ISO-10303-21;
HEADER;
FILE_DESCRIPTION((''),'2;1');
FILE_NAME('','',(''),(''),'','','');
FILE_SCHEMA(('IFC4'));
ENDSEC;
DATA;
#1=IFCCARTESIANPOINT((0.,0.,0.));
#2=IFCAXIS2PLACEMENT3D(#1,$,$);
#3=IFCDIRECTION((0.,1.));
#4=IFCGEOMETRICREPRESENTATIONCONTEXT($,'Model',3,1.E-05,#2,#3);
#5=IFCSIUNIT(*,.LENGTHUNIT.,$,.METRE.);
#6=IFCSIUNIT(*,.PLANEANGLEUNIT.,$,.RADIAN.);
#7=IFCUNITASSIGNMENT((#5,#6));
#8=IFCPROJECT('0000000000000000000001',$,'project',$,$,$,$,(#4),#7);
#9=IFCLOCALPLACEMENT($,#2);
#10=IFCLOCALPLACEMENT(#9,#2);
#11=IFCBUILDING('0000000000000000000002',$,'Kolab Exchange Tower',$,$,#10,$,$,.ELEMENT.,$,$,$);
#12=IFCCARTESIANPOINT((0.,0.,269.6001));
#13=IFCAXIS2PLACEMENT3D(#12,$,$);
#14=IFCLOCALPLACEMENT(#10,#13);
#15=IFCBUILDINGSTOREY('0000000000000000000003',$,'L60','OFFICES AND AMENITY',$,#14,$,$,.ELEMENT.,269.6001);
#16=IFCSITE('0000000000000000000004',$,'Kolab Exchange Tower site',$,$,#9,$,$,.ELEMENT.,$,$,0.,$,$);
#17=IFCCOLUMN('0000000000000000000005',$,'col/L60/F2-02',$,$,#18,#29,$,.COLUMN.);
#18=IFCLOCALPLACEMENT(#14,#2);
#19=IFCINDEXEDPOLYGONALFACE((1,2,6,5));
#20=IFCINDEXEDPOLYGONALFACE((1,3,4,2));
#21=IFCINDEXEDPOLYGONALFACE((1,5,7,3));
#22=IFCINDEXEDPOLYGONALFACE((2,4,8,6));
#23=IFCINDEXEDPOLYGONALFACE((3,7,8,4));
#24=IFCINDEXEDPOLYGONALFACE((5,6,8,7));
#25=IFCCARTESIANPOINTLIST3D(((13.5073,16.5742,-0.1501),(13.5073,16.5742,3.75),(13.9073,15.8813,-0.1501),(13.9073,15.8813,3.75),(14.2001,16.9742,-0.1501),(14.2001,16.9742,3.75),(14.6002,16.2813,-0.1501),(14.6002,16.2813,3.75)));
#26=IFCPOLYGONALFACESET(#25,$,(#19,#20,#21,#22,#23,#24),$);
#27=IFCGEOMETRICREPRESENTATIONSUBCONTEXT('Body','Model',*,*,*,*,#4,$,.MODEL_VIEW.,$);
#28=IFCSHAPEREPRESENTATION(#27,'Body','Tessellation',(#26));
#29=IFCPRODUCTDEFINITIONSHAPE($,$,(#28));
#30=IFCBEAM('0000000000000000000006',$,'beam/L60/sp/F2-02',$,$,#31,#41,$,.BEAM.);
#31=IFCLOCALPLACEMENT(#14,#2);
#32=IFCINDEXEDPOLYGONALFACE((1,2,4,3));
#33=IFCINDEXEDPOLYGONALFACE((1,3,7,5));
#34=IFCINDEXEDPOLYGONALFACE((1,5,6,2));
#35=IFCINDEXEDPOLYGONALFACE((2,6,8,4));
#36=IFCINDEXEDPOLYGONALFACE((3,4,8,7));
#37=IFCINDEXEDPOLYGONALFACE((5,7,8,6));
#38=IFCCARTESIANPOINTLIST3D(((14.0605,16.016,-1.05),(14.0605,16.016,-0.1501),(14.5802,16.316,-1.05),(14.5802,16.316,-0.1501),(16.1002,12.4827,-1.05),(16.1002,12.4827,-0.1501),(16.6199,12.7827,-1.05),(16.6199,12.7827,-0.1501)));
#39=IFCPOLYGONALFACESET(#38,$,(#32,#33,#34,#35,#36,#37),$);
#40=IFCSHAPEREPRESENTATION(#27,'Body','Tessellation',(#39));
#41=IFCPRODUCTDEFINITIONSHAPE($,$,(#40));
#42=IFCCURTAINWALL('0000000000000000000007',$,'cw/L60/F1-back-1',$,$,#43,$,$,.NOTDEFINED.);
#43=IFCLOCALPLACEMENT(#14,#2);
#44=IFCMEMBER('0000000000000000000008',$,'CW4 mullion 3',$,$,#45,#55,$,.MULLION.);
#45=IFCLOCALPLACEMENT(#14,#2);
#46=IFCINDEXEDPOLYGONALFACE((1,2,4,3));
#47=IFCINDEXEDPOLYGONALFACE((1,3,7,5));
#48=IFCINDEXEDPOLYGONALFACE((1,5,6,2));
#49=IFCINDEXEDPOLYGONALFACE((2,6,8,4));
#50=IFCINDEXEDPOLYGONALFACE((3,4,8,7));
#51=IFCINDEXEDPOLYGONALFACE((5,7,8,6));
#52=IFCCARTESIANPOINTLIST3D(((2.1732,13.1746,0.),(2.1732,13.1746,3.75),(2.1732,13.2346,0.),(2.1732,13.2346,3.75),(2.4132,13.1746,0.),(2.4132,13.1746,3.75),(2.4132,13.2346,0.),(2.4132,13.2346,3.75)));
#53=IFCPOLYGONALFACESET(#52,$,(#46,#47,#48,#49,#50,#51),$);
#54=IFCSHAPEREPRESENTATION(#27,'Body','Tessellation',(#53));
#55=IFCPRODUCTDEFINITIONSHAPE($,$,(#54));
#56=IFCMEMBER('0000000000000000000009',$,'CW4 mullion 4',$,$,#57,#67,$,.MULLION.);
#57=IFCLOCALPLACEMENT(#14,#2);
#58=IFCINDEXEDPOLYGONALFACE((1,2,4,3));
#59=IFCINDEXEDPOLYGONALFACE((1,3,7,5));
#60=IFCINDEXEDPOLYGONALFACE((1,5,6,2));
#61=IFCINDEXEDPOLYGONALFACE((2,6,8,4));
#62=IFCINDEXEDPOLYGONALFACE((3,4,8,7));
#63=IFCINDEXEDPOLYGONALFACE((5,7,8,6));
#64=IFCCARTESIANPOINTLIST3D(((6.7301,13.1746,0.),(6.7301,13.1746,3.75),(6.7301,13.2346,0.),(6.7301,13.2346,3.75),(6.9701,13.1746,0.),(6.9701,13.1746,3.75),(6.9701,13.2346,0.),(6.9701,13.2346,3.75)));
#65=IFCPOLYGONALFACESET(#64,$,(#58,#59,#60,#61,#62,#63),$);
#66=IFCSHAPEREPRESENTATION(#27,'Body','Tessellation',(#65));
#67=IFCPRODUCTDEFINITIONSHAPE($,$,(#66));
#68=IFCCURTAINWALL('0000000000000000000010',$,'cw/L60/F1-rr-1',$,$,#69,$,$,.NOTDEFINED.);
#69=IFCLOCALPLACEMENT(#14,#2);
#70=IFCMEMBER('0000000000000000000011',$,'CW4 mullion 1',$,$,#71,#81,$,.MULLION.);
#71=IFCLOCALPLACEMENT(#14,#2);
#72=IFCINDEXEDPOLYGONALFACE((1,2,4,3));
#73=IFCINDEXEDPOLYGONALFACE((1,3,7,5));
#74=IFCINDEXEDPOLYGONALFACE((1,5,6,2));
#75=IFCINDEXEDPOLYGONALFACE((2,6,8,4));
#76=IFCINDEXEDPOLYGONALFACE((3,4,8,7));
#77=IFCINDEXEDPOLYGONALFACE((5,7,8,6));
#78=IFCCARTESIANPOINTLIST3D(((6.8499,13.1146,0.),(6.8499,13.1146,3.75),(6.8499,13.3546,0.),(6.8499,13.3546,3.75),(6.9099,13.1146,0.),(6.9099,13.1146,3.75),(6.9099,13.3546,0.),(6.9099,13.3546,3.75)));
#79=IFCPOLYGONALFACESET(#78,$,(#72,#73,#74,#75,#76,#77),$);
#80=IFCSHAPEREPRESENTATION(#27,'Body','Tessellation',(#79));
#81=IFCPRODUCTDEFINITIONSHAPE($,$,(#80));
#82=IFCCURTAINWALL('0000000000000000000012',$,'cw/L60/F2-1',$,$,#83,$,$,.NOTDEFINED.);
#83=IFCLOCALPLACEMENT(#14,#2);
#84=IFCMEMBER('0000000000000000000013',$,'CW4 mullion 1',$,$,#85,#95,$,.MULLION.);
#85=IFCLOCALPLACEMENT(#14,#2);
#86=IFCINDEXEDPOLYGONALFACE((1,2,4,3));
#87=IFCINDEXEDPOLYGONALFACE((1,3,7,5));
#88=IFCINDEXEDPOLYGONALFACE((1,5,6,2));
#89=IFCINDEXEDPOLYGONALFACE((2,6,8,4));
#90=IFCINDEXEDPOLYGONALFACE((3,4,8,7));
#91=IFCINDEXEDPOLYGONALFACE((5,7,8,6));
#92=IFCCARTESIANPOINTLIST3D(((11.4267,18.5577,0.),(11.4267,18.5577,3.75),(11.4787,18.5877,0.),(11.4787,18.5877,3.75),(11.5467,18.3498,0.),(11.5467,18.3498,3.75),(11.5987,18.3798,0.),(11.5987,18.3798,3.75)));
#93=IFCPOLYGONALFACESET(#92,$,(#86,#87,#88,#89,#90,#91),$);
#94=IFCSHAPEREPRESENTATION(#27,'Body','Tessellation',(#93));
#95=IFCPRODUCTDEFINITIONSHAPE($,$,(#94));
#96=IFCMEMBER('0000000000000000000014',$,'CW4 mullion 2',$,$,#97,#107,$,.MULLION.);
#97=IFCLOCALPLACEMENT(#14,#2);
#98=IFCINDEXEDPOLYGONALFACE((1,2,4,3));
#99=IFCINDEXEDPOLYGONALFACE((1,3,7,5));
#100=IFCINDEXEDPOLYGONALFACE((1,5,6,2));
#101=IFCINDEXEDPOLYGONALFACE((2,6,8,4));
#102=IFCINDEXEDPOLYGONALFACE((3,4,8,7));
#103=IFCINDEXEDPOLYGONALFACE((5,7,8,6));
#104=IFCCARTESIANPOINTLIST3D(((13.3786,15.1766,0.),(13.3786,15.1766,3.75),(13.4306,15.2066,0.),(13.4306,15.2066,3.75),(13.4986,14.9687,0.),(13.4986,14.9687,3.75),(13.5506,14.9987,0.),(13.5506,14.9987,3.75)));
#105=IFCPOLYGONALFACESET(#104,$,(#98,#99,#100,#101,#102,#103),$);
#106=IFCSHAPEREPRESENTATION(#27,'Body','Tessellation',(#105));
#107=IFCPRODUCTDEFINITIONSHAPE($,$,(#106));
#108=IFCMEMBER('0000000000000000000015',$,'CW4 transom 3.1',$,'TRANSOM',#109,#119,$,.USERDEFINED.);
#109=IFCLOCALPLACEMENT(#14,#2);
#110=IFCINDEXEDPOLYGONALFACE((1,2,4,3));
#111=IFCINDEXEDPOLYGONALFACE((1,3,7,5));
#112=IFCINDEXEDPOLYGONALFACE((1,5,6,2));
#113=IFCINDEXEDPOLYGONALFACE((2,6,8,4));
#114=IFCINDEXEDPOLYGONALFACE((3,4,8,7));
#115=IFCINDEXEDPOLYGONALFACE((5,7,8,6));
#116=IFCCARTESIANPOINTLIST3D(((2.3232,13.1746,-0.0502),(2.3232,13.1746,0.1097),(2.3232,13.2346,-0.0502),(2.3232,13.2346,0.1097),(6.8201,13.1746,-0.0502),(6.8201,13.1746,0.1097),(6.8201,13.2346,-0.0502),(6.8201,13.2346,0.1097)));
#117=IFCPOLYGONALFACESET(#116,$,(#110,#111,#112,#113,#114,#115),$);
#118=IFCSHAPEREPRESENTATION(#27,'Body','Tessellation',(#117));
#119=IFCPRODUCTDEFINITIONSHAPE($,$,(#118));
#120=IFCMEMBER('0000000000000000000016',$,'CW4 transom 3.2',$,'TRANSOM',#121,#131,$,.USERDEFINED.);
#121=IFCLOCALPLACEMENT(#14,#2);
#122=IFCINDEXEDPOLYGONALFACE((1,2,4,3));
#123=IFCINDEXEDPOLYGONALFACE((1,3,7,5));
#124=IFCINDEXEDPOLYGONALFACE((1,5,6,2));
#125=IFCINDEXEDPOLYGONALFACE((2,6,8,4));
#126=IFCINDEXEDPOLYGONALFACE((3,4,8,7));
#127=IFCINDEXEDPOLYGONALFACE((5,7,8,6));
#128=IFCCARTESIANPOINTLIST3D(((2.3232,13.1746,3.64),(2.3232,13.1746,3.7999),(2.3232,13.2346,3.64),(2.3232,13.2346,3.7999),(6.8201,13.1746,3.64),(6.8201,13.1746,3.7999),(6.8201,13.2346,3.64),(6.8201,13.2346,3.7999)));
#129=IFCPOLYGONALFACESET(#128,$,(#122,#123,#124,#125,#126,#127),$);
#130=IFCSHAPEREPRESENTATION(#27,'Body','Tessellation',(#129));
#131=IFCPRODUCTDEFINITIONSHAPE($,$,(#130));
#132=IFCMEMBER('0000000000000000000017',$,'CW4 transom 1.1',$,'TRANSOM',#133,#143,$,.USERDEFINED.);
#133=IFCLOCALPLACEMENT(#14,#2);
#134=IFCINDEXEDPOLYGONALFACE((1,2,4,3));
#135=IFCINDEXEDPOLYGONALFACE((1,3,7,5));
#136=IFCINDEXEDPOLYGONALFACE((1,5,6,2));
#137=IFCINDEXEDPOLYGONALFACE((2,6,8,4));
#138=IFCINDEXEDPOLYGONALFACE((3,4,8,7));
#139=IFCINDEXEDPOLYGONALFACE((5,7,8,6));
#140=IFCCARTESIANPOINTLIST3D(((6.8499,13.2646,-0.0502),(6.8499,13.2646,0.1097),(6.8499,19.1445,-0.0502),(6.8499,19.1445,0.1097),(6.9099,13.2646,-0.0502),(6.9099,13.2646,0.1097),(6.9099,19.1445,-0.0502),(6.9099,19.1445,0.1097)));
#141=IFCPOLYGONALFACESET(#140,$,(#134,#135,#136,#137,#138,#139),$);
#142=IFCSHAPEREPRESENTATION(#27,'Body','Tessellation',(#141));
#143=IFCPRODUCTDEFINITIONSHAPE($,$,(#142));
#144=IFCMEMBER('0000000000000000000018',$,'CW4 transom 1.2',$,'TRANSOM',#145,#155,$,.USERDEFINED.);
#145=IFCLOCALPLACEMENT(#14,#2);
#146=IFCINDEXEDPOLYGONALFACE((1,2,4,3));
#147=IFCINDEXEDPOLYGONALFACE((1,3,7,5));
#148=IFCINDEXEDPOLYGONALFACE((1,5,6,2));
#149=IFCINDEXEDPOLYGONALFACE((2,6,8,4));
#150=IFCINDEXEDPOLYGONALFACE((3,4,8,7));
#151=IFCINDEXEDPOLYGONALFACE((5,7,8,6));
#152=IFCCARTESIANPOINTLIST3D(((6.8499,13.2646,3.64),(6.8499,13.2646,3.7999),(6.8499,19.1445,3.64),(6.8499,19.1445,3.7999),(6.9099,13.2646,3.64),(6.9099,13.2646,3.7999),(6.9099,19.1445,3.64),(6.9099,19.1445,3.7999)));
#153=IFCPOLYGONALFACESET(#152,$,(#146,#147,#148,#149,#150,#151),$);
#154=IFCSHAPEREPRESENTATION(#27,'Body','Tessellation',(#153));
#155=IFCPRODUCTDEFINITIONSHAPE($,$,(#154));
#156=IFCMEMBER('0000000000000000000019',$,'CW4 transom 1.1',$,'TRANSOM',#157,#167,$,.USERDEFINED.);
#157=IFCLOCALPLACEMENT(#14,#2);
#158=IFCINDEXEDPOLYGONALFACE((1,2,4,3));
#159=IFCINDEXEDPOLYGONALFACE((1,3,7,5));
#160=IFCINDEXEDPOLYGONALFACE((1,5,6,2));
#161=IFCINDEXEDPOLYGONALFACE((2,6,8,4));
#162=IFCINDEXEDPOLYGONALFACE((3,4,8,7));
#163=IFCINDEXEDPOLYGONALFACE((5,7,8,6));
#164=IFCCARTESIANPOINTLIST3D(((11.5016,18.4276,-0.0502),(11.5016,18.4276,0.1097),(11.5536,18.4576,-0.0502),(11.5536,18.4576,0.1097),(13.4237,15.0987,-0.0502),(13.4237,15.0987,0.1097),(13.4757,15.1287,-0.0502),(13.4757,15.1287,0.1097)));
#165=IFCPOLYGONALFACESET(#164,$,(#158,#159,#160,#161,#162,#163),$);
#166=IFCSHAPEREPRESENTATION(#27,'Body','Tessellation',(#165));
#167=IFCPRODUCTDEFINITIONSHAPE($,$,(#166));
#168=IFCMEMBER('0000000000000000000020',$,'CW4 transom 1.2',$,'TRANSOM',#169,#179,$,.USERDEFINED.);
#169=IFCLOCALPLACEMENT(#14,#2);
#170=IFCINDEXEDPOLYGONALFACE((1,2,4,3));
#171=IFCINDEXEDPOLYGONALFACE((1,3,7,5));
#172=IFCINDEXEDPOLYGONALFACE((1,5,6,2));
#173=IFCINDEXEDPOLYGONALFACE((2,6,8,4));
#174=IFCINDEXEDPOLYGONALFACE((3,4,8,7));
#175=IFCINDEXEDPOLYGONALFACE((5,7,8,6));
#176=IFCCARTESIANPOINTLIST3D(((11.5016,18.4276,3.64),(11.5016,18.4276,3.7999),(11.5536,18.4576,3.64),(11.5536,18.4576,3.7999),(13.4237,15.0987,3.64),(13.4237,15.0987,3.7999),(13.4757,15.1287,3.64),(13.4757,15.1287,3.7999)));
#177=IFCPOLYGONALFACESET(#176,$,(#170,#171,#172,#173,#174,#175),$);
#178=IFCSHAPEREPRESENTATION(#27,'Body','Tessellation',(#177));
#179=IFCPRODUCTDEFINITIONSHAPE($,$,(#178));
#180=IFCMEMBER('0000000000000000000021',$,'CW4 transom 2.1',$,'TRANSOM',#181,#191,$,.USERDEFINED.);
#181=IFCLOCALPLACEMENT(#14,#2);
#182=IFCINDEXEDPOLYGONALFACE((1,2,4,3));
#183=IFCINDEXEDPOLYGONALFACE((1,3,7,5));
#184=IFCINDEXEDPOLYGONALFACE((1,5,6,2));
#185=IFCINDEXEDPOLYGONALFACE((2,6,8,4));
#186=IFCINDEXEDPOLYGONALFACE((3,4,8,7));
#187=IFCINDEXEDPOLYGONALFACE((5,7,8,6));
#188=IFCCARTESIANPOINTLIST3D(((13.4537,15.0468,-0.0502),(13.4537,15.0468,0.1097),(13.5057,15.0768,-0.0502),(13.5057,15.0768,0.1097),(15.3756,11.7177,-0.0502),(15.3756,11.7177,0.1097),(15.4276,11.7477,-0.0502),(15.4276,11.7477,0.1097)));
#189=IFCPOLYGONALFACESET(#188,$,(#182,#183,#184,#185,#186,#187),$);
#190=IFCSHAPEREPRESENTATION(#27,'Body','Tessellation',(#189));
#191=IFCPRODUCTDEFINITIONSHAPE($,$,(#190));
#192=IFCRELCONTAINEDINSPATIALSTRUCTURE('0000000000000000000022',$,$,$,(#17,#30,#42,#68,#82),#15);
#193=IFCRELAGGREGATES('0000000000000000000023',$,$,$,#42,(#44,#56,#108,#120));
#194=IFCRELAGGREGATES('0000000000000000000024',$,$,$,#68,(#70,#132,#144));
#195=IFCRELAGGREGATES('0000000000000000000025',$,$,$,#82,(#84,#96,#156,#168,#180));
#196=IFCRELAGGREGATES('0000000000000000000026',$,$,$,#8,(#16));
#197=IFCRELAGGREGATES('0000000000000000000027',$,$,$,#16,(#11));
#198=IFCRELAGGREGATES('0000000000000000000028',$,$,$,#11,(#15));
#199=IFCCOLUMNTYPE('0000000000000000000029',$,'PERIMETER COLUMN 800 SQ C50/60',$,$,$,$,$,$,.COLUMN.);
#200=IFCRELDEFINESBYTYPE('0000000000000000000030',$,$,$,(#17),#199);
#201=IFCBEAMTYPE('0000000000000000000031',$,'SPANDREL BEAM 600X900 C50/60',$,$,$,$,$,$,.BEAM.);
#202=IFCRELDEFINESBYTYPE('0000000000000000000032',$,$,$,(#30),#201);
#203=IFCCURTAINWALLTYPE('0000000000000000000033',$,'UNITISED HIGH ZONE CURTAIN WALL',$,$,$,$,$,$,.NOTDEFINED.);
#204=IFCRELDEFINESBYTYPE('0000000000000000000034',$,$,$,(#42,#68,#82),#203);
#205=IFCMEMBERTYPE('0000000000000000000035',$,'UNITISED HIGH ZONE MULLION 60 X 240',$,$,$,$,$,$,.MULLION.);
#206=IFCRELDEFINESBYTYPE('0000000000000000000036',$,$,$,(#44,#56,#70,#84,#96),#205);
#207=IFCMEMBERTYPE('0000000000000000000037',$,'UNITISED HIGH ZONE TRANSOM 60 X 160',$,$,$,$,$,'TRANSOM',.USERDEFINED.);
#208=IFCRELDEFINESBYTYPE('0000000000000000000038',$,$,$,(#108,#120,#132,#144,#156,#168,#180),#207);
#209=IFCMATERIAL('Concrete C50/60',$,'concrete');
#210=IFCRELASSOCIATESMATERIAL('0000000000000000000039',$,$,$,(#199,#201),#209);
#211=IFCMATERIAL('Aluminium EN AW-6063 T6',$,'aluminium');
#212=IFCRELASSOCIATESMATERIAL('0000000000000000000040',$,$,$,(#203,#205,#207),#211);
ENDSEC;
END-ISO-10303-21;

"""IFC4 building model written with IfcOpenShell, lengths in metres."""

from ifc_helpers import new_model, si_unit, direction, frame, origin, origin_2d, place, context, subcontext, project, spatial, rectangle, extrude, material, material_profile, profile_set, type_object, element, aggregate, save


model = new_model("IFC4")

# Units and contexts
model_context = context("Model", 3, precision=1e-05, world=origin(), true_north=direction((0.0, 1.0)))
body_context = subcontext(model_context, "Body", "Model", "MODEL_VIEW")
ifc_project = project(units=[si_unit("LENGTHUNIT", "METRE"), si_unit("PLANEANGLEUNIT", "RADIAN")], contexts=[model_context])

# Site, building, storey
site_placement = place(None, origin())
site = spatial("IfcSite", under=ifc_project, at=site_placement, Name="Kolab Exchange Tower site", CompositionType="ELEMENT", RefElevation=0.0)
building_placement = place(site_placement, origin())
building = spatial("IfcBuilding", under=site, at=building_placement, Name="Kolab Exchange Tower", CompositionType="ELEMENT")
storey_placement = place(building_placement, frame((0.0, 0.0, 269.6001)))
storey = spatial("IfcBuildingStorey", under=building, at=storey_placement, Name="L60", Description="OFFICES AND AMENITY", CompositionType="ELEMENT", Elevation=269.6001)

# Column
ifc_material_1 = material(Name="Concrete C50/60", Category="concrete")
ifc_material_profile_1 = material_profile(ifc_material_1, rectangle(XDim=0.8, YDim=0.8, at=origin_2d()), Name="RC800")
ifc_profile_set_1 = profile_set([ifc_material_profile_1], Name="Concrete C50/60")
column_type = type_object("IfcColumnType", Name="PERIMETER COLUMN 800 SQ C50/60", PredefinedType="COLUMN", material=ifc_profile_set_1)
column_placement = place(storey_placement, frame((14.0537, 16.4277, -0.1501), z_axis=(0.0, 0.0, 1.0), x_axis=(0.866025, 0.5, 0.0)))
element("IfcColumn", 1, at=column_placement, inside=storey, type_object=column_type, Name="col/L60/F2-02", PredefinedType="COLUMN", context=body_context, shape_type="SweptSolid", body=[
    extrude(rectangle(XDim=0.8, YDim=0.8, at=origin_2d()), origin(), (0.0, 0.0, 1.0), 3.9001),
])

# Beam
ifc_material_profile_2 = material_profile(ifc_material_1, rectangle(XDim=0.6001, YDim=0.8999, at=origin_2d()), Name="RC600X900")
ifc_profile_set_2 = profile_set([ifc_material_profile_2], Name="Concrete C50/60")
beam_type = type_object("IfcBeamType", Name="SPANDREL BEAM 600X900 C50/60", PredefinedType="BEAM", material=ifc_profile_set_2)
beam_placement = place(storey_placement, frame((14.3203, 16.166, -0.6001), z_axis=(0.499956, -0.866051, 0.0), x_axis=(0.866051, 0.499956, 0.0)))
element("IfcBeam", 2, at=beam_placement, inside=storey, type_object=beam_type, Name="beam/L60/sp/F2-02", PredefinedType="BEAM", context=body_context, shape_type="SweptSolid", body=[
    extrude(rectangle(XDim=0.6001, YDim=0.8999, at=origin_2d()), origin(), (0.0, 0.0, 1.0), 4.0798),
])

# Curtain wall, members
ifc_material_2 = material(Name="Aluminium EN AW-6063 T6", Category="aluminium")
curtain_wall_type = type_object("IfcCurtainWallType", Name="UNITISED HIGH ZONE CURTAIN WALL", PredefinedType="NOTDEFINED", material=ifc_material_2)
curtain_wall_1_placement = place(storey_placement, origin())
curtain_wall_1 = element("IfcCurtainWall", 3, at=curtain_wall_1_placement, inside=storey, type_object=curtain_wall_type, Name="cw/L60/F1-back-1", PredefinedType="NOTDEFINED")
ifc_material_profile_3 = material_profile(ifc_material_2, rectangle(XDim=0.0601, YDim=0.24, at=origin_2d()), Name="RECT 60X240")
ifc_profile_set_3 = profile_set([ifc_material_profile_3], Name="Aluminium EN AW-6063 T6")
member_type_1 = type_object("IfcMemberType", Name="UNITISED HIGH ZONE MULLION 60 X 240", PredefinedType="MULLION", material=ifc_profile_set_3)
member_1_placement = place(storey_placement, frame((2.2932, 13.2046, 0.0), z_axis=(0.0, 0.0, 1.0), x_axis=(0.0, 1.0, 0.0)))
member_1 = element("IfcMember", 4, at=member_1_placement, type_object=member_type_1, Name="CW4 mullion 3", PredefinedType="MULLION", context=body_context, shape_type="SweptSolid", body=[
    extrude(rectangle(XDim=0.0601, YDim=0.24, at=origin_2d()), origin(), (0.0, 0.0, 1.0), 3.75),
])
member_2_placement = place(storey_placement, frame((6.8501, 13.2046, 0.0), z_axis=(0.0, 0.0, 1.0), x_axis=(0.0, 1.0, 0.0)))
member_2 = element("IfcMember", 5, at=member_2_placement, type_object=member_type_1, Name="CW4 mullion 4", PredefinedType="MULLION", context=body_context, shape_type="SweptSolid", body=[
    extrude(rectangle(XDim=0.0601, YDim=0.24, at=origin_2d()), origin(), (0.0, 0.0, 1.0), 3.75),
])

# Curtain wall, member
curtain_wall_2_placement = place(storey_placement, origin())
curtain_wall_2 = element("IfcCurtainWall", 6, at=curtain_wall_2_placement, inside=storey, type_object=curtain_wall_type, Name="cw/L60/F1-rr-1", PredefinedType="NOTDEFINED")
member_3_placement = place(storey_placement, frame((6.8799, 13.2346, 0.0), z_axis=(0.0, 0.0, 1.0), x_axis=(-1.0, 0.0, 0.0)))
member_3 = element("IfcMember", 7, at=member_3_placement, type_object=member_type_1, Name="CW4 mullion 1", PredefinedType="MULLION", context=body_context, shape_type="SweptSolid", body=[
    extrude(rectangle(XDim=0.0601, YDim=0.24, at=origin_2d()), origin(), (0.0, 0.0, 1.0), 3.75),
])

# Curtain wall, members
curtain_wall_3_placement = place(storey_placement, origin())
curtain_wall_3 = element("IfcCurtainWall", 8, at=curtain_wall_3_placement, inside=storey, type_object=curtain_wall_type, Name="cw/L60/F2-1", PredefinedType="NOTDEFINED")
member_4_placement = place(storey_placement, frame((11.5127, 18.4688, 0.0), z_axis=(0.0, 0.0, 1.0), x_axis=(0.866025, 0.5, 0.0)))
member_4 = element("IfcMember", 9, at=member_4_placement, type_object=member_type_1, Name="CW4 mullion 1", PredefinedType="MULLION", context=body_context, shape_type="SweptSolid", body=[
    extrude(rectangle(XDim=0.0601, YDim=0.24, at=origin_2d()), origin(), (0.0, 0.0, 1.0), 3.75),
])
member_5_placement = place(storey_placement, frame((13.4646, 15.0876, 0.0), z_axis=(0.0, 0.0, 1.0), x_axis=(0.866025, 0.5, 0.0)))
member_5 = element("IfcMember", 10, at=member_5_placement, type_object=member_type_1, Name="CW4 mullion 2", PredefinedType="MULLION", context=body_context, shape_type="SweptSolid", body=[
    extrude(rectangle(XDim=0.0601, YDim=0.24, at=origin_2d()), origin(), (0.0, 0.0, 1.0), 3.75),
])

# Members
ifc_material_profile_4 = material_profile(ifc_material_2, rectangle(XDim=0.0601, YDim=0.1599, at=origin_2d()), Name="RECT 60X160")
ifc_profile_set_4 = profile_set([ifc_material_profile_4], Name="Aluminium EN AW-6063 T6")
member_type_2 = type_object("IfcMemberType", Name="UNITISED HIGH ZONE TRANSOM 60 X 160", ElementType="TRANSOM", PredefinedType="USERDEFINED", material=ifc_profile_set_4)
member_6_placement = place(storey_placement, frame((2.3232, 13.2046, 0.0298), z_axis=(1.0, 0.0, 0.0), x_axis=(0.0, 1.0, 0.0)))
member_6 = element("IfcMember", 11, at=member_6_placement, type_object=member_type_2, Name="CW4 transom 3.1", ObjectType="TRANSOM", PredefinedType="USERDEFINED", context=body_context, shape_type="SweptSolid", body=[
    extrude(rectangle(XDim=0.0601, YDim=0.1599, at=origin_2d()), origin(), (0.0, 0.0, 1.0), 4.4968),
])
member_7_placement = place(storey_placement, frame((2.3232, 13.2046, 3.72), z_axis=(1.0, 0.0, 0.0), x_axis=(0.0, 1.0, 0.0)))
member_7 = element("IfcMember", 12, at=member_7_placement, type_object=member_type_2, Name="CW4 transom 3.2", ObjectType="TRANSOM", PredefinedType="USERDEFINED", context=body_context, shape_type="SweptSolid", body=[
    extrude(rectangle(XDim=0.0601, YDim=0.1599, at=origin_2d()), origin(), (0.0, 0.0, 1.0), 4.4968),
])
member_8_placement = place(storey_placement, frame((6.8799, 13.2646, 0.0298), z_axis=(0.0, 1.0, 0.0), x_axis=(-1.0, 0.0, 0.0)))
member_8 = element("IfcMember", 13, at=member_8_placement, type_object=member_type_2, Name="CW4 transom 1.1", ObjectType="TRANSOM", PredefinedType="USERDEFINED", context=body_context, shape_type="SweptSolid", body=[
    extrude(rectangle(XDim=0.0601, YDim=0.1599, at=origin_2d()), origin(), (0.0, 0.0, 1.0), 5.8799),
])
member_9_placement = place(storey_placement, frame((6.8799, 13.2646, 3.72), z_axis=(0.0, 1.0, 0.0), x_axis=(-1.0, 0.0, 0.0)))
member_9 = element("IfcMember", 14, at=member_9_placement, type_object=member_type_2, Name="CW4 transom 1.2", ObjectType="TRANSOM", PredefinedType="USERDEFINED", context=body_context, shape_type="SweptSolid", body=[
    extrude(rectangle(XDim=0.0601, YDim=0.1599, at=origin_2d()), origin(), (0.0, 0.0, 1.0), 5.8799),
])
member_10_placement = place(storey_placement, frame((11.5276, 18.4426, 0.0298), z_axis=(0.500039, -0.866003, 0.0), x_axis=(0.866003, 0.500039, 0.0)))
member_10 = element("IfcMember", 15, at=member_10_placement, type_object=member_type_2, Name="CW4 transom 1.1", ObjectType="TRANSOM", PredefinedType="USERDEFINED", context=body_context, shape_type="SweptSolid", body=[
    extrude(rectangle(XDim=0.0601, YDim=0.1599, at=origin_2d()), origin(), (0.0, 0.0, 1.0), 3.844),
])
member_11_placement = place(storey_placement, frame((11.5276, 18.4426, 3.72), z_axis=(0.500039, -0.866003, 0.0), x_axis=(0.866003, 0.500039, 0.0)))
member_11 = element("IfcMember", 16, at=member_11_placement, type_object=member_type_2, Name="CW4 transom 1.2", ObjectType="TRANSOM", PredefinedType="USERDEFINED", context=body_context, shape_type="SweptSolid", body=[
    extrude(rectangle(XDim=0.0601, YDim=0.1599, at=origin_2d()), origin(), (0.0, 0.0, 1.0), 3.844),
])
member_12_placement = place(storey_placement, frame((13.4797, 15.0618, 0.0298), z_axis=(0.499964, -0.866046, 0.0), x_axis=(0.866046, 0.499964, 0.0)))
member_12 = element("IfcMember", 17, at=member_12_placement, type_object=member_type_2, Name="CW4 transom 2.1", ObjectType="TRANSOM", PredefinedType="USERDEFINED", context=body_context, shape_type="SweptSolid", body=[
    extrude(rectangle(XDim=0.0601, YDim=0.1599, at=origin_2d()), origin(), (0.0, 0.0, 1.0), 3.844),
])

aggregate(curtain_wall_1, [member_1, member_2, member_6, member_7])
aggregate(curtain_wall_2, [member_3, member_8, member_9])
aggregate(curtain_wall_3, [member_4, member_5, member_10, member_11, member_12])

save(model, "model.ifc")
